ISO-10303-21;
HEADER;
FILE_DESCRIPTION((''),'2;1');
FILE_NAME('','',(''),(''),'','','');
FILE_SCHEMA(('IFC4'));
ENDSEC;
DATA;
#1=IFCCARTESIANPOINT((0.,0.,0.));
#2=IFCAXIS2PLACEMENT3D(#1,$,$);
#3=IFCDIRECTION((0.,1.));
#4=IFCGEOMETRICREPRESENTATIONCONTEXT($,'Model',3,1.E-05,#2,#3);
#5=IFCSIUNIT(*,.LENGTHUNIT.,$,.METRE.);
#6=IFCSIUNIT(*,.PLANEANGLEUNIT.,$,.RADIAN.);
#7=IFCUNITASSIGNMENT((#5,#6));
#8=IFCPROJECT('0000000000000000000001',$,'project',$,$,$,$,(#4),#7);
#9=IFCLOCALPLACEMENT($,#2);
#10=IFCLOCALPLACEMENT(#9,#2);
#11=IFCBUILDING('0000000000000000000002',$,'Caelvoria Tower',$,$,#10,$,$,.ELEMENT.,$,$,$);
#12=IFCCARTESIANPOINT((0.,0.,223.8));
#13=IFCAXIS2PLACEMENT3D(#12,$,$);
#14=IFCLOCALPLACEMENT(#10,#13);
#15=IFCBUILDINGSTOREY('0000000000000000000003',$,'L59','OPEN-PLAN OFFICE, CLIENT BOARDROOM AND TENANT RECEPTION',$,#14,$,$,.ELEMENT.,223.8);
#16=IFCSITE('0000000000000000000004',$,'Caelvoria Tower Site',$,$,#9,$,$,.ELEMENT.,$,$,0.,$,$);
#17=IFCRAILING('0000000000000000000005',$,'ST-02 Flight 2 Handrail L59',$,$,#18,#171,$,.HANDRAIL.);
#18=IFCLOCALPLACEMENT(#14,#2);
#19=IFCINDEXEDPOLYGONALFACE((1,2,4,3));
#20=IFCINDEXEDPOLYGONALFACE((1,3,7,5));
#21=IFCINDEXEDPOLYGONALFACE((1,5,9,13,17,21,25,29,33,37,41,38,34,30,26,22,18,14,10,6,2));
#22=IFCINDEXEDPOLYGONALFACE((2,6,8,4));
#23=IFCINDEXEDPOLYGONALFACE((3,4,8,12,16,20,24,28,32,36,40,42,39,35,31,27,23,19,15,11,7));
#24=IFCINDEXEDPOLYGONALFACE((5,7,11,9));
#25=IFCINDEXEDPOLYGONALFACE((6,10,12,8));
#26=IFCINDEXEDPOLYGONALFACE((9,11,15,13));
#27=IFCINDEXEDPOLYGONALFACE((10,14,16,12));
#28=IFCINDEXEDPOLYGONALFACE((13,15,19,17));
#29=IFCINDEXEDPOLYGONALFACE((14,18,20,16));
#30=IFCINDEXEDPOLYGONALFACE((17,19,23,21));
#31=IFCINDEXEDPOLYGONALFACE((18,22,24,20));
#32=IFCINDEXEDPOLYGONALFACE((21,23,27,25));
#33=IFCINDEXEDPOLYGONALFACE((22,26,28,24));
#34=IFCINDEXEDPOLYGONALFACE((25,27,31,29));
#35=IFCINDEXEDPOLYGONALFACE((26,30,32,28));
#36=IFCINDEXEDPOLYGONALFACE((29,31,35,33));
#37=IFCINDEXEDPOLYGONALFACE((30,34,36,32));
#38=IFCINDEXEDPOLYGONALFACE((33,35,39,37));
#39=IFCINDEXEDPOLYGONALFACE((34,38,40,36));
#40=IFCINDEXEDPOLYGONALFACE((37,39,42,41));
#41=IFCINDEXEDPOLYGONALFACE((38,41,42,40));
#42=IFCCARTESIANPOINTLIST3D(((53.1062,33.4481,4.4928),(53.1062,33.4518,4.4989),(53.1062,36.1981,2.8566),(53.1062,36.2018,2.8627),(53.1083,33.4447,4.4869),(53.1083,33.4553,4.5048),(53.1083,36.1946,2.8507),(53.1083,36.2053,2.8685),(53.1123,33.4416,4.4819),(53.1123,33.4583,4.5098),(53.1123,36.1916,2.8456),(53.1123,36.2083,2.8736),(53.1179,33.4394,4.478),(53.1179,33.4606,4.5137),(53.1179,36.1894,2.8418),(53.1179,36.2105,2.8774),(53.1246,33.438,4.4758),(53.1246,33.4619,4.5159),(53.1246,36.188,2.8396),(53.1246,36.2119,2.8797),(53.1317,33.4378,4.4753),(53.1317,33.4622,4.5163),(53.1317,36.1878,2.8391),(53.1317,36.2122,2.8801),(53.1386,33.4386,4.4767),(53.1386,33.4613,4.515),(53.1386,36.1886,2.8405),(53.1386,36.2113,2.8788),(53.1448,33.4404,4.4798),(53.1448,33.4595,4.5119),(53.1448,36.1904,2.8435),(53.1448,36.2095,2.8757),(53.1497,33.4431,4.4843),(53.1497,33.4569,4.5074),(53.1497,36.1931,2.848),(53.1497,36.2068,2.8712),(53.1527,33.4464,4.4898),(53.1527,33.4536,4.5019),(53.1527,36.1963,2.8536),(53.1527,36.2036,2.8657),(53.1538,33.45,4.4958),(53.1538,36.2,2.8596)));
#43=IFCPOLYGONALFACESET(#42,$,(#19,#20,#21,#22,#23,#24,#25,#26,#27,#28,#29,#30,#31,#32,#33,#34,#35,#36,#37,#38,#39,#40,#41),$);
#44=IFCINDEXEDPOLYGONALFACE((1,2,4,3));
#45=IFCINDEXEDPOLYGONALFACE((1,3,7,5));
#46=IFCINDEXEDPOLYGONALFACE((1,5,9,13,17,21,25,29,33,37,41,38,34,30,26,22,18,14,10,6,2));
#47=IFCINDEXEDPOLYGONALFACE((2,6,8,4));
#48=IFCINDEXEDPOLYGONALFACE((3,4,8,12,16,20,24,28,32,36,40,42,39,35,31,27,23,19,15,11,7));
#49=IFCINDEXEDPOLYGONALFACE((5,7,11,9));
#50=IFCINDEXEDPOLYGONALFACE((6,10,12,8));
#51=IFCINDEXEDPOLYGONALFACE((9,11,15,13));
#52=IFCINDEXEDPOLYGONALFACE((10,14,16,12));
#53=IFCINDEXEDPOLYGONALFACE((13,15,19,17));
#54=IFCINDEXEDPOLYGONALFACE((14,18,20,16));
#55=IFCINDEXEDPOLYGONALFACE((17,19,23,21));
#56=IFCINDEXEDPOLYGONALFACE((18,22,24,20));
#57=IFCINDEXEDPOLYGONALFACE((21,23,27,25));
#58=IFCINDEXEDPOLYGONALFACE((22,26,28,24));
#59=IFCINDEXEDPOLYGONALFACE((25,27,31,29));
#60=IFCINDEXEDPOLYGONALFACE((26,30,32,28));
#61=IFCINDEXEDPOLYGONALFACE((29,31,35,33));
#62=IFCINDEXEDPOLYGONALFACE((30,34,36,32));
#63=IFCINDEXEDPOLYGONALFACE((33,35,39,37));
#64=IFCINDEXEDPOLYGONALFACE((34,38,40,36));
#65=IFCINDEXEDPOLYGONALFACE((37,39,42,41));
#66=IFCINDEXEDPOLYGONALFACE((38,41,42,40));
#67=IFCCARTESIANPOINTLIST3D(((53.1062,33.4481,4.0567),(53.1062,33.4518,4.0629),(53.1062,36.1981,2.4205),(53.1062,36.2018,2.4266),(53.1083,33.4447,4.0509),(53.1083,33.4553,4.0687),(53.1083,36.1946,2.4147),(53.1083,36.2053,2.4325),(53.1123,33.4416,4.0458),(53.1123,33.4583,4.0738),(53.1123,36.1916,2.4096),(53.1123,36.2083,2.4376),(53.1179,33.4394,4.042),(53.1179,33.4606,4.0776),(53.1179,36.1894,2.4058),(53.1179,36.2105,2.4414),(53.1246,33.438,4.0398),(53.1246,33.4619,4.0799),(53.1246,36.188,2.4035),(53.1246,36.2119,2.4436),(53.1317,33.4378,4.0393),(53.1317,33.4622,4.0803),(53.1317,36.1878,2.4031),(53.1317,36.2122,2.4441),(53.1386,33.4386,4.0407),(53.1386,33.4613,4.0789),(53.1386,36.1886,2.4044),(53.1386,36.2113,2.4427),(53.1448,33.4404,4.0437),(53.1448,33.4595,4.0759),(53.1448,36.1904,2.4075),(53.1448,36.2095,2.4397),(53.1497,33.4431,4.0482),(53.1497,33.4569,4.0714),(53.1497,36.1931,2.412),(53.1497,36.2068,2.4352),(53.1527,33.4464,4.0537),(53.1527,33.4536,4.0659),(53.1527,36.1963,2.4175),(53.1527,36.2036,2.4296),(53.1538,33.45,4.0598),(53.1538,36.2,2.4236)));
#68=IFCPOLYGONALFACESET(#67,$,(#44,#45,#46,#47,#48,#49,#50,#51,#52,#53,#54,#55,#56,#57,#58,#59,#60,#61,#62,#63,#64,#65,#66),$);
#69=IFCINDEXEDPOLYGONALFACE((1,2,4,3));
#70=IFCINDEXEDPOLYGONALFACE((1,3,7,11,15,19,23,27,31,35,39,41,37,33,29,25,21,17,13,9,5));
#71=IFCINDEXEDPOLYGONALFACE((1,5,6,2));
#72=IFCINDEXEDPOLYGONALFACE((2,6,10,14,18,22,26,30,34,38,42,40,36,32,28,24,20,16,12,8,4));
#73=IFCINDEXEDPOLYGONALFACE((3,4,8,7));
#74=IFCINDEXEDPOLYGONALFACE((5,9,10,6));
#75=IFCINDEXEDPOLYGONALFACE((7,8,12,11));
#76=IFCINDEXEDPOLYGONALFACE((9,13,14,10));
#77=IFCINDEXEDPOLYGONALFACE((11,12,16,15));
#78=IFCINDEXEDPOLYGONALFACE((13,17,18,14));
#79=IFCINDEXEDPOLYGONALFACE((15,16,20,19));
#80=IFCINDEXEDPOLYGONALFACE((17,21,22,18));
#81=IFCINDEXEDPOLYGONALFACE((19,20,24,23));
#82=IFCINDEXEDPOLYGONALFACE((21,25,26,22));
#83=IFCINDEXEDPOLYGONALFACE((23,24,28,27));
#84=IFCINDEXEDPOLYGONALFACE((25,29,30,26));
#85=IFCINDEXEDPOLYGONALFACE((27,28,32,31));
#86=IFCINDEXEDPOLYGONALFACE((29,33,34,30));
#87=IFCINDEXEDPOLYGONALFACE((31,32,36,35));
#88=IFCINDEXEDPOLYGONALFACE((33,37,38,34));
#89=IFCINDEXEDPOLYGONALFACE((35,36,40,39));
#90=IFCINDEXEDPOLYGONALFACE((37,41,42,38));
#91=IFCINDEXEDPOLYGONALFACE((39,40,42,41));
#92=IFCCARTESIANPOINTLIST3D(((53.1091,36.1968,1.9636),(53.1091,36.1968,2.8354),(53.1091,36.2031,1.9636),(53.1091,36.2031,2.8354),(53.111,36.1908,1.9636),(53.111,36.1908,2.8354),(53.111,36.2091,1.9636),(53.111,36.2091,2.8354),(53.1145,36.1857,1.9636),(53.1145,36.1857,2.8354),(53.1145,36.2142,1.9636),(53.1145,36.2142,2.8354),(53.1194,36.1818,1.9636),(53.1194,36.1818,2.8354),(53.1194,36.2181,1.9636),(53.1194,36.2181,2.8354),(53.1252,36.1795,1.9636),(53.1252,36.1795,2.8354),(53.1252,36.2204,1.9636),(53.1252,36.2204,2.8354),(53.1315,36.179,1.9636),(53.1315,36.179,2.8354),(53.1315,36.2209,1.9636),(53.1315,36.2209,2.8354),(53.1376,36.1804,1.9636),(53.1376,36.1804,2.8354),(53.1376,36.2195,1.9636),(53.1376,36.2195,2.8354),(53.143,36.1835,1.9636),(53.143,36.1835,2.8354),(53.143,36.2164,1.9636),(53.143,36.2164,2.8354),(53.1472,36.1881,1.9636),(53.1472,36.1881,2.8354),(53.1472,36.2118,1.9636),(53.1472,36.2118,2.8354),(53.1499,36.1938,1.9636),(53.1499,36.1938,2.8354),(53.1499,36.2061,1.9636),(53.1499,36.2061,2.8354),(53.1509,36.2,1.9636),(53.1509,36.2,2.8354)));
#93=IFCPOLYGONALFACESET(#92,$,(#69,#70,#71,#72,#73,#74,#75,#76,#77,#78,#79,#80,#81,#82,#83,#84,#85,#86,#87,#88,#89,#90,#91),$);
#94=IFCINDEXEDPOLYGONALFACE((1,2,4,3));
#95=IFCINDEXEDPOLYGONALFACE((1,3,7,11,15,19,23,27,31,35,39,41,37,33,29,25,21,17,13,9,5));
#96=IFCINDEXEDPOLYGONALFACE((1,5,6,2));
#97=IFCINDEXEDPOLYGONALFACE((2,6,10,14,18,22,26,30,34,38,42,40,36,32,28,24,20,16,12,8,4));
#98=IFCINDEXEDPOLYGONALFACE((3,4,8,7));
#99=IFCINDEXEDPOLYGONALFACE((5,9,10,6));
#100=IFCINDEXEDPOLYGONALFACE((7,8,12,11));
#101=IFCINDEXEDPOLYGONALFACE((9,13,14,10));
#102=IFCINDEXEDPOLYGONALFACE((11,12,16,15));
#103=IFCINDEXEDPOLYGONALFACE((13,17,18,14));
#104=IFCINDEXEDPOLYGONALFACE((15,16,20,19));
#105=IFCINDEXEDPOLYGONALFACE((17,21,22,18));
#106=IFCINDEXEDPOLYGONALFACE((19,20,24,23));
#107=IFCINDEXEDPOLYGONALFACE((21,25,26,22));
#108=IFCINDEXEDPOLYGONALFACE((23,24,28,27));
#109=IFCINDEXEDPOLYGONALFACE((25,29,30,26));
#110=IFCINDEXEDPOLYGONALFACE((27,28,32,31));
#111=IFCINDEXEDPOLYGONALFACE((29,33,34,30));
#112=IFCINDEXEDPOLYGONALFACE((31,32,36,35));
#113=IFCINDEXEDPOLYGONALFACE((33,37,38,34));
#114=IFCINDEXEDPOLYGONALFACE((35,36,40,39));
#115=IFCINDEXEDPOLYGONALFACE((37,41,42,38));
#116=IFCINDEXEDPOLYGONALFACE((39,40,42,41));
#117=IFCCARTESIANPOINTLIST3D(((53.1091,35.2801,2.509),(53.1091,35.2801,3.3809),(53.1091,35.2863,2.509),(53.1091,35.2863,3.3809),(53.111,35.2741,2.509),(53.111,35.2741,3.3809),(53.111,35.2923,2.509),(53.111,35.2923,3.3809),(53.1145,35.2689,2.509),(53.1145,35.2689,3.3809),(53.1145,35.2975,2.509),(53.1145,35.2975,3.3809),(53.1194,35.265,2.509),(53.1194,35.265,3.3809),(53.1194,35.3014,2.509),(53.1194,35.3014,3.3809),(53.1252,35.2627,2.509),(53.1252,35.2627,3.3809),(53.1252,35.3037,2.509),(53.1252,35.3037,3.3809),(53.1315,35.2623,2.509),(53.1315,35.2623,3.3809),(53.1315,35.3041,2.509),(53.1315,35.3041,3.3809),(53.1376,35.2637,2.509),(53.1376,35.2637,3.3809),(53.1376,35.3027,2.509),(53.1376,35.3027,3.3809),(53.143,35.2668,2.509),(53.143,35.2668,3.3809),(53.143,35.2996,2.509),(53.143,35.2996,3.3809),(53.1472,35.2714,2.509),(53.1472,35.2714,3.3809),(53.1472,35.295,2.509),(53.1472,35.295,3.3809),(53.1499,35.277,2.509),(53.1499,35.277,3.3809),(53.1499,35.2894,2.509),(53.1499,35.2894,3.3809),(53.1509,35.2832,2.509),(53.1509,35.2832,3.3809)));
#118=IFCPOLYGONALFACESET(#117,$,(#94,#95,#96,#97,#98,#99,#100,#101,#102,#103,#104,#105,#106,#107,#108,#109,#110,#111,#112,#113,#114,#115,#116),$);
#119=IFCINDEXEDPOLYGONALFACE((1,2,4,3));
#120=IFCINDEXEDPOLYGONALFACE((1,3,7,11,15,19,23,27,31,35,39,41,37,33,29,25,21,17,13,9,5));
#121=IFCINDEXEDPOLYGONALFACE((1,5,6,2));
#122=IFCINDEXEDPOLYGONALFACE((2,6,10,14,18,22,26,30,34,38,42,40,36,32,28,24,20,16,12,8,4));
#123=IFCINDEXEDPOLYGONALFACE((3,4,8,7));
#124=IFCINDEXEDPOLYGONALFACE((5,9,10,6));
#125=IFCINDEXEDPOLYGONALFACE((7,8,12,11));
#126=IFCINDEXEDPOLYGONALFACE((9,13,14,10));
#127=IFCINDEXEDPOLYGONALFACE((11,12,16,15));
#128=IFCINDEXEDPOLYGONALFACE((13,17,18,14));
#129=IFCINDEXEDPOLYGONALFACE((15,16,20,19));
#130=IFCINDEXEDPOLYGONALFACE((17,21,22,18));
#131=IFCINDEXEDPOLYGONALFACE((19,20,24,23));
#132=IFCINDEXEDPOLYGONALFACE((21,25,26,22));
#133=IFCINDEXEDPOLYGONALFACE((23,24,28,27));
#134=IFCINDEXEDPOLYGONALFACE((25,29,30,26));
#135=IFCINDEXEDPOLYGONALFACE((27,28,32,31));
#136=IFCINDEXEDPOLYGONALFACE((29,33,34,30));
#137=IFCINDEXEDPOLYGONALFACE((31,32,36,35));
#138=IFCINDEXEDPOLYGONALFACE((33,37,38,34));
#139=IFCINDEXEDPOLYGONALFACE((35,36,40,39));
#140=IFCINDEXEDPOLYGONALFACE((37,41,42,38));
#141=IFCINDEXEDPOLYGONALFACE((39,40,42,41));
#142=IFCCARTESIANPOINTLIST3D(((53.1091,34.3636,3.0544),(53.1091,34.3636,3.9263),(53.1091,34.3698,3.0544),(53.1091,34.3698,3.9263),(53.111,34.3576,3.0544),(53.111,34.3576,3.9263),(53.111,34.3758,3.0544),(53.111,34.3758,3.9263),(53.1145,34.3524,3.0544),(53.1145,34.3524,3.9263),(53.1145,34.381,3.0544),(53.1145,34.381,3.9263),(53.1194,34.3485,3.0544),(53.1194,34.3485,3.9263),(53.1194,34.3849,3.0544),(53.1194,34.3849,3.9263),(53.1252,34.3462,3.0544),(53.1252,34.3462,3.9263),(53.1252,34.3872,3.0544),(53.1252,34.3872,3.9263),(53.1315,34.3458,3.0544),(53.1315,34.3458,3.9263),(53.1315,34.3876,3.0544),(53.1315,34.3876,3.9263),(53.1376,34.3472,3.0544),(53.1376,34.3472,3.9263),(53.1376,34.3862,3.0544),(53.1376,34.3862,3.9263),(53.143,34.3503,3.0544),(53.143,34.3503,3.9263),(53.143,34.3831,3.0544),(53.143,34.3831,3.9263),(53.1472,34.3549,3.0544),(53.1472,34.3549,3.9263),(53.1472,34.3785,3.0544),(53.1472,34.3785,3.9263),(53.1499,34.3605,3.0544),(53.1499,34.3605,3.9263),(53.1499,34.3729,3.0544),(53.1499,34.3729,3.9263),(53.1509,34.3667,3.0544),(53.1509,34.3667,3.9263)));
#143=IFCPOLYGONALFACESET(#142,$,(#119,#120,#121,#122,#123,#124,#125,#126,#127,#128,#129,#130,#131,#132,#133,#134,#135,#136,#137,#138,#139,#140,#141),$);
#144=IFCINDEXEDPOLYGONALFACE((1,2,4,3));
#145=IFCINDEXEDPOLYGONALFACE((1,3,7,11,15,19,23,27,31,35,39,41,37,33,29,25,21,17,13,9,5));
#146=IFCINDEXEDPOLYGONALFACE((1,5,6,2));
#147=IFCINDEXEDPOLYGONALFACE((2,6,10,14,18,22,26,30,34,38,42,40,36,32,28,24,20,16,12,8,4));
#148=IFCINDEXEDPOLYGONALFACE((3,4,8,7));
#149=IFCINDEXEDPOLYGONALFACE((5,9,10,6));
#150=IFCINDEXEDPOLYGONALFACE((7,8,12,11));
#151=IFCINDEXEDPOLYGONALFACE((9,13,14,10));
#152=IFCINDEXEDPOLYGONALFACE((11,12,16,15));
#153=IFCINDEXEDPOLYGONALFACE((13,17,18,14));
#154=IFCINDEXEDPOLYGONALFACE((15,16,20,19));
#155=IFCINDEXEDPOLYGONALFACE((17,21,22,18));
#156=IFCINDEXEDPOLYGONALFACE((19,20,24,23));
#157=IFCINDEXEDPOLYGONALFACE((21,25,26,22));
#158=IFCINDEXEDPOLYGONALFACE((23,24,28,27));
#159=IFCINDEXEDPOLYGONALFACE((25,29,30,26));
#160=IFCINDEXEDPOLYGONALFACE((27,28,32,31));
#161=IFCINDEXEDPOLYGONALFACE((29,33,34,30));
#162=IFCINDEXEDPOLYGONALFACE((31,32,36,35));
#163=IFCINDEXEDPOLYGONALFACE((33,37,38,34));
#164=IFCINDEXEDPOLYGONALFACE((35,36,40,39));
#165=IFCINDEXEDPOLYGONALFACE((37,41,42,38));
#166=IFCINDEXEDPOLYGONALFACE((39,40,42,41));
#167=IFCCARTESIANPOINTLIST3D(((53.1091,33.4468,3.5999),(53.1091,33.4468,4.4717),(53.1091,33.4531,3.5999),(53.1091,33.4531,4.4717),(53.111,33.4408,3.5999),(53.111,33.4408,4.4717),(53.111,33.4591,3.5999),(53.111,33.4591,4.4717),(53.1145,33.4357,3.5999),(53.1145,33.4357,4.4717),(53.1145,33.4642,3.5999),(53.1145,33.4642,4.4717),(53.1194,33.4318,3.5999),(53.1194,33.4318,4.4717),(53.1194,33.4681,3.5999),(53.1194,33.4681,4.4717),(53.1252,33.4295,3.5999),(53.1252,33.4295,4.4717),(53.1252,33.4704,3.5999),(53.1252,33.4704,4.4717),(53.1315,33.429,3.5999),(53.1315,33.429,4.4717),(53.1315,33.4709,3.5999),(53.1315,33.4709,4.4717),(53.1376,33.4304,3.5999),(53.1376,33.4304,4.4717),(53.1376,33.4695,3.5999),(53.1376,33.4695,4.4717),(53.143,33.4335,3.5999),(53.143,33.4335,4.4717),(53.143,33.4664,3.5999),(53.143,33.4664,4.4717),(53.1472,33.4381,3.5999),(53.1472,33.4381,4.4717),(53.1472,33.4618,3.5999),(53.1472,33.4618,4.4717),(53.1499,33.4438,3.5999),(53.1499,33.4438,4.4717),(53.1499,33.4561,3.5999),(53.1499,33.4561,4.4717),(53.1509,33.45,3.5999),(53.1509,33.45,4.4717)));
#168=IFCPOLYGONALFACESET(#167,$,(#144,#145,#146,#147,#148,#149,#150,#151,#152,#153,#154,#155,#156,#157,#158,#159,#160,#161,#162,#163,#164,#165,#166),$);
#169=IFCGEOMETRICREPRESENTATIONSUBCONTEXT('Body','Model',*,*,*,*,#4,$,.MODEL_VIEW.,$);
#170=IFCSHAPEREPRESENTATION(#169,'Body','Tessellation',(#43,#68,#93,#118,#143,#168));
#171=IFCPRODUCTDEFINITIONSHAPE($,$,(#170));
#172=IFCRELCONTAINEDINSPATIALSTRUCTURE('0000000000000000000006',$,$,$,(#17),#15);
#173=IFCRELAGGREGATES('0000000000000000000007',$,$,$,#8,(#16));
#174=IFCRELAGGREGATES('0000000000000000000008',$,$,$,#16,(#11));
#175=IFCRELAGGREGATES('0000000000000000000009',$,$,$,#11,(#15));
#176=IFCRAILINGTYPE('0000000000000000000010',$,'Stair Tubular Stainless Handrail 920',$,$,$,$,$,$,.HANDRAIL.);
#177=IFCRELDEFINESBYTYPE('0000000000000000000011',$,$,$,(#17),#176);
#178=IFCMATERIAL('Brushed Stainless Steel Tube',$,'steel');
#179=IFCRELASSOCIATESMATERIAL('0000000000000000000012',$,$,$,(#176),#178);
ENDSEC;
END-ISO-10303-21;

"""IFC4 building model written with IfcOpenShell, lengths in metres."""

from ifc_helpers import new_model, si_unit, direction, frame, origin, origin_2d, place, context, subcontext, project, spatial, circle, extrude, material, type_object, element, save


model = new_model("IFC4")

# Units and contexts
model_context = context("Model", 3, precision=1e-05, world=origin(), true_north=direction((0.0, 1.0)))
body_context = subcontext(model_context, "Body", "Model", "MODEL_VIEW")
ifc_project = project(units=[si_unit("LENGTHUNIT", "METRE"), si_unit("PLANEANGLEUNIT", "RADIAN")], contexts=[model_context])

# Site, building, storey
site_placement = place(None, origin())
site = spatial("IfcSite", under=ifc_project, at=site_placement, Name="Caelvoria Tower Site", CompositionType="ELEMENT", RefElevation=0.0)
building_placement = place(site_placement, origin())
building = spatial("IfcBuilding", under=site, at=building_placement, Name="Caelvoria Tower", CompositionType="ELEMENT")
storey_placement = place(building_placement, frame((0.0, 0.0, 223.8)))
storey = spatial("IfcBuildingStorey", under=building, at=storey_placement, Name="L59", Description="OPEN-PLAN OFFICE, CLIENT BOARDROOM AND TENANT RECEPTION", CompositionType="ELEMENT", Elevation=223.8)

# Railing
ifc_material_1 = material(Name="Brushed Stainless Steel Tube", Category="steel")
railing_type_1 = type_object("IfcRailingType", Name="Stair Tubular Stainless Handrail 920", PredefinedType="HANDRAIL", material=ifc_material_1)
railing_1_placement = place(storey_placement, frame((53.1299, 36.2, 1.9636)))
element("IfcRailing", 1, at=railing_1_placement, inside=storey, type_object=railing_type_1, Name="ST-02 Flight 2 Handrail L59", PredefinedType="HANDRAIL", context=body_context, shape_type="SweptSolid", body=[
    extrude(circle(Radius=0.0239, at=origin_2d()), frame((0.0, 0.0, 0.896), z_axis=(0.0, -0.859385, 0.511328), x_axis=(1.0, 0.0, 0.0)), (0.0, 0.0, 1.0), 3.2),
    extrude(circle(Radius=0.0239, at=origin_2d()), frame((0.0, 0.0, 0.46), z_axis=(0.0, -0.859385, 0.511328), x_axis=(1.0, 0.0, 0.0)), (0.0, 0.0, 1.0), 3.2),
    extrude(circle(Radius=0.021, at=origin_2d()), origin(), (0.0, 0.0, 1.0), 0.8718),
    extrude(circle(Radius=0.021, at=origin_2d()), frame((0.0, -0.9167, 0.5454)), (0.0, 0.0, 1.0), 0.8718),
    extrude(circle(Radius=0.021, at=origin_2d()), frame((0.0, -1.8333, 1.0908)), (0.0, 0.0, 1.0), 0.8718),
    extrude(circle(Radius=0.021, at=origin_2d()), frame((0.0, -2.75, 1.6362)), (0.0, 0.0, 1.0), 0.8718),
])

save(model, "model.ifc")
